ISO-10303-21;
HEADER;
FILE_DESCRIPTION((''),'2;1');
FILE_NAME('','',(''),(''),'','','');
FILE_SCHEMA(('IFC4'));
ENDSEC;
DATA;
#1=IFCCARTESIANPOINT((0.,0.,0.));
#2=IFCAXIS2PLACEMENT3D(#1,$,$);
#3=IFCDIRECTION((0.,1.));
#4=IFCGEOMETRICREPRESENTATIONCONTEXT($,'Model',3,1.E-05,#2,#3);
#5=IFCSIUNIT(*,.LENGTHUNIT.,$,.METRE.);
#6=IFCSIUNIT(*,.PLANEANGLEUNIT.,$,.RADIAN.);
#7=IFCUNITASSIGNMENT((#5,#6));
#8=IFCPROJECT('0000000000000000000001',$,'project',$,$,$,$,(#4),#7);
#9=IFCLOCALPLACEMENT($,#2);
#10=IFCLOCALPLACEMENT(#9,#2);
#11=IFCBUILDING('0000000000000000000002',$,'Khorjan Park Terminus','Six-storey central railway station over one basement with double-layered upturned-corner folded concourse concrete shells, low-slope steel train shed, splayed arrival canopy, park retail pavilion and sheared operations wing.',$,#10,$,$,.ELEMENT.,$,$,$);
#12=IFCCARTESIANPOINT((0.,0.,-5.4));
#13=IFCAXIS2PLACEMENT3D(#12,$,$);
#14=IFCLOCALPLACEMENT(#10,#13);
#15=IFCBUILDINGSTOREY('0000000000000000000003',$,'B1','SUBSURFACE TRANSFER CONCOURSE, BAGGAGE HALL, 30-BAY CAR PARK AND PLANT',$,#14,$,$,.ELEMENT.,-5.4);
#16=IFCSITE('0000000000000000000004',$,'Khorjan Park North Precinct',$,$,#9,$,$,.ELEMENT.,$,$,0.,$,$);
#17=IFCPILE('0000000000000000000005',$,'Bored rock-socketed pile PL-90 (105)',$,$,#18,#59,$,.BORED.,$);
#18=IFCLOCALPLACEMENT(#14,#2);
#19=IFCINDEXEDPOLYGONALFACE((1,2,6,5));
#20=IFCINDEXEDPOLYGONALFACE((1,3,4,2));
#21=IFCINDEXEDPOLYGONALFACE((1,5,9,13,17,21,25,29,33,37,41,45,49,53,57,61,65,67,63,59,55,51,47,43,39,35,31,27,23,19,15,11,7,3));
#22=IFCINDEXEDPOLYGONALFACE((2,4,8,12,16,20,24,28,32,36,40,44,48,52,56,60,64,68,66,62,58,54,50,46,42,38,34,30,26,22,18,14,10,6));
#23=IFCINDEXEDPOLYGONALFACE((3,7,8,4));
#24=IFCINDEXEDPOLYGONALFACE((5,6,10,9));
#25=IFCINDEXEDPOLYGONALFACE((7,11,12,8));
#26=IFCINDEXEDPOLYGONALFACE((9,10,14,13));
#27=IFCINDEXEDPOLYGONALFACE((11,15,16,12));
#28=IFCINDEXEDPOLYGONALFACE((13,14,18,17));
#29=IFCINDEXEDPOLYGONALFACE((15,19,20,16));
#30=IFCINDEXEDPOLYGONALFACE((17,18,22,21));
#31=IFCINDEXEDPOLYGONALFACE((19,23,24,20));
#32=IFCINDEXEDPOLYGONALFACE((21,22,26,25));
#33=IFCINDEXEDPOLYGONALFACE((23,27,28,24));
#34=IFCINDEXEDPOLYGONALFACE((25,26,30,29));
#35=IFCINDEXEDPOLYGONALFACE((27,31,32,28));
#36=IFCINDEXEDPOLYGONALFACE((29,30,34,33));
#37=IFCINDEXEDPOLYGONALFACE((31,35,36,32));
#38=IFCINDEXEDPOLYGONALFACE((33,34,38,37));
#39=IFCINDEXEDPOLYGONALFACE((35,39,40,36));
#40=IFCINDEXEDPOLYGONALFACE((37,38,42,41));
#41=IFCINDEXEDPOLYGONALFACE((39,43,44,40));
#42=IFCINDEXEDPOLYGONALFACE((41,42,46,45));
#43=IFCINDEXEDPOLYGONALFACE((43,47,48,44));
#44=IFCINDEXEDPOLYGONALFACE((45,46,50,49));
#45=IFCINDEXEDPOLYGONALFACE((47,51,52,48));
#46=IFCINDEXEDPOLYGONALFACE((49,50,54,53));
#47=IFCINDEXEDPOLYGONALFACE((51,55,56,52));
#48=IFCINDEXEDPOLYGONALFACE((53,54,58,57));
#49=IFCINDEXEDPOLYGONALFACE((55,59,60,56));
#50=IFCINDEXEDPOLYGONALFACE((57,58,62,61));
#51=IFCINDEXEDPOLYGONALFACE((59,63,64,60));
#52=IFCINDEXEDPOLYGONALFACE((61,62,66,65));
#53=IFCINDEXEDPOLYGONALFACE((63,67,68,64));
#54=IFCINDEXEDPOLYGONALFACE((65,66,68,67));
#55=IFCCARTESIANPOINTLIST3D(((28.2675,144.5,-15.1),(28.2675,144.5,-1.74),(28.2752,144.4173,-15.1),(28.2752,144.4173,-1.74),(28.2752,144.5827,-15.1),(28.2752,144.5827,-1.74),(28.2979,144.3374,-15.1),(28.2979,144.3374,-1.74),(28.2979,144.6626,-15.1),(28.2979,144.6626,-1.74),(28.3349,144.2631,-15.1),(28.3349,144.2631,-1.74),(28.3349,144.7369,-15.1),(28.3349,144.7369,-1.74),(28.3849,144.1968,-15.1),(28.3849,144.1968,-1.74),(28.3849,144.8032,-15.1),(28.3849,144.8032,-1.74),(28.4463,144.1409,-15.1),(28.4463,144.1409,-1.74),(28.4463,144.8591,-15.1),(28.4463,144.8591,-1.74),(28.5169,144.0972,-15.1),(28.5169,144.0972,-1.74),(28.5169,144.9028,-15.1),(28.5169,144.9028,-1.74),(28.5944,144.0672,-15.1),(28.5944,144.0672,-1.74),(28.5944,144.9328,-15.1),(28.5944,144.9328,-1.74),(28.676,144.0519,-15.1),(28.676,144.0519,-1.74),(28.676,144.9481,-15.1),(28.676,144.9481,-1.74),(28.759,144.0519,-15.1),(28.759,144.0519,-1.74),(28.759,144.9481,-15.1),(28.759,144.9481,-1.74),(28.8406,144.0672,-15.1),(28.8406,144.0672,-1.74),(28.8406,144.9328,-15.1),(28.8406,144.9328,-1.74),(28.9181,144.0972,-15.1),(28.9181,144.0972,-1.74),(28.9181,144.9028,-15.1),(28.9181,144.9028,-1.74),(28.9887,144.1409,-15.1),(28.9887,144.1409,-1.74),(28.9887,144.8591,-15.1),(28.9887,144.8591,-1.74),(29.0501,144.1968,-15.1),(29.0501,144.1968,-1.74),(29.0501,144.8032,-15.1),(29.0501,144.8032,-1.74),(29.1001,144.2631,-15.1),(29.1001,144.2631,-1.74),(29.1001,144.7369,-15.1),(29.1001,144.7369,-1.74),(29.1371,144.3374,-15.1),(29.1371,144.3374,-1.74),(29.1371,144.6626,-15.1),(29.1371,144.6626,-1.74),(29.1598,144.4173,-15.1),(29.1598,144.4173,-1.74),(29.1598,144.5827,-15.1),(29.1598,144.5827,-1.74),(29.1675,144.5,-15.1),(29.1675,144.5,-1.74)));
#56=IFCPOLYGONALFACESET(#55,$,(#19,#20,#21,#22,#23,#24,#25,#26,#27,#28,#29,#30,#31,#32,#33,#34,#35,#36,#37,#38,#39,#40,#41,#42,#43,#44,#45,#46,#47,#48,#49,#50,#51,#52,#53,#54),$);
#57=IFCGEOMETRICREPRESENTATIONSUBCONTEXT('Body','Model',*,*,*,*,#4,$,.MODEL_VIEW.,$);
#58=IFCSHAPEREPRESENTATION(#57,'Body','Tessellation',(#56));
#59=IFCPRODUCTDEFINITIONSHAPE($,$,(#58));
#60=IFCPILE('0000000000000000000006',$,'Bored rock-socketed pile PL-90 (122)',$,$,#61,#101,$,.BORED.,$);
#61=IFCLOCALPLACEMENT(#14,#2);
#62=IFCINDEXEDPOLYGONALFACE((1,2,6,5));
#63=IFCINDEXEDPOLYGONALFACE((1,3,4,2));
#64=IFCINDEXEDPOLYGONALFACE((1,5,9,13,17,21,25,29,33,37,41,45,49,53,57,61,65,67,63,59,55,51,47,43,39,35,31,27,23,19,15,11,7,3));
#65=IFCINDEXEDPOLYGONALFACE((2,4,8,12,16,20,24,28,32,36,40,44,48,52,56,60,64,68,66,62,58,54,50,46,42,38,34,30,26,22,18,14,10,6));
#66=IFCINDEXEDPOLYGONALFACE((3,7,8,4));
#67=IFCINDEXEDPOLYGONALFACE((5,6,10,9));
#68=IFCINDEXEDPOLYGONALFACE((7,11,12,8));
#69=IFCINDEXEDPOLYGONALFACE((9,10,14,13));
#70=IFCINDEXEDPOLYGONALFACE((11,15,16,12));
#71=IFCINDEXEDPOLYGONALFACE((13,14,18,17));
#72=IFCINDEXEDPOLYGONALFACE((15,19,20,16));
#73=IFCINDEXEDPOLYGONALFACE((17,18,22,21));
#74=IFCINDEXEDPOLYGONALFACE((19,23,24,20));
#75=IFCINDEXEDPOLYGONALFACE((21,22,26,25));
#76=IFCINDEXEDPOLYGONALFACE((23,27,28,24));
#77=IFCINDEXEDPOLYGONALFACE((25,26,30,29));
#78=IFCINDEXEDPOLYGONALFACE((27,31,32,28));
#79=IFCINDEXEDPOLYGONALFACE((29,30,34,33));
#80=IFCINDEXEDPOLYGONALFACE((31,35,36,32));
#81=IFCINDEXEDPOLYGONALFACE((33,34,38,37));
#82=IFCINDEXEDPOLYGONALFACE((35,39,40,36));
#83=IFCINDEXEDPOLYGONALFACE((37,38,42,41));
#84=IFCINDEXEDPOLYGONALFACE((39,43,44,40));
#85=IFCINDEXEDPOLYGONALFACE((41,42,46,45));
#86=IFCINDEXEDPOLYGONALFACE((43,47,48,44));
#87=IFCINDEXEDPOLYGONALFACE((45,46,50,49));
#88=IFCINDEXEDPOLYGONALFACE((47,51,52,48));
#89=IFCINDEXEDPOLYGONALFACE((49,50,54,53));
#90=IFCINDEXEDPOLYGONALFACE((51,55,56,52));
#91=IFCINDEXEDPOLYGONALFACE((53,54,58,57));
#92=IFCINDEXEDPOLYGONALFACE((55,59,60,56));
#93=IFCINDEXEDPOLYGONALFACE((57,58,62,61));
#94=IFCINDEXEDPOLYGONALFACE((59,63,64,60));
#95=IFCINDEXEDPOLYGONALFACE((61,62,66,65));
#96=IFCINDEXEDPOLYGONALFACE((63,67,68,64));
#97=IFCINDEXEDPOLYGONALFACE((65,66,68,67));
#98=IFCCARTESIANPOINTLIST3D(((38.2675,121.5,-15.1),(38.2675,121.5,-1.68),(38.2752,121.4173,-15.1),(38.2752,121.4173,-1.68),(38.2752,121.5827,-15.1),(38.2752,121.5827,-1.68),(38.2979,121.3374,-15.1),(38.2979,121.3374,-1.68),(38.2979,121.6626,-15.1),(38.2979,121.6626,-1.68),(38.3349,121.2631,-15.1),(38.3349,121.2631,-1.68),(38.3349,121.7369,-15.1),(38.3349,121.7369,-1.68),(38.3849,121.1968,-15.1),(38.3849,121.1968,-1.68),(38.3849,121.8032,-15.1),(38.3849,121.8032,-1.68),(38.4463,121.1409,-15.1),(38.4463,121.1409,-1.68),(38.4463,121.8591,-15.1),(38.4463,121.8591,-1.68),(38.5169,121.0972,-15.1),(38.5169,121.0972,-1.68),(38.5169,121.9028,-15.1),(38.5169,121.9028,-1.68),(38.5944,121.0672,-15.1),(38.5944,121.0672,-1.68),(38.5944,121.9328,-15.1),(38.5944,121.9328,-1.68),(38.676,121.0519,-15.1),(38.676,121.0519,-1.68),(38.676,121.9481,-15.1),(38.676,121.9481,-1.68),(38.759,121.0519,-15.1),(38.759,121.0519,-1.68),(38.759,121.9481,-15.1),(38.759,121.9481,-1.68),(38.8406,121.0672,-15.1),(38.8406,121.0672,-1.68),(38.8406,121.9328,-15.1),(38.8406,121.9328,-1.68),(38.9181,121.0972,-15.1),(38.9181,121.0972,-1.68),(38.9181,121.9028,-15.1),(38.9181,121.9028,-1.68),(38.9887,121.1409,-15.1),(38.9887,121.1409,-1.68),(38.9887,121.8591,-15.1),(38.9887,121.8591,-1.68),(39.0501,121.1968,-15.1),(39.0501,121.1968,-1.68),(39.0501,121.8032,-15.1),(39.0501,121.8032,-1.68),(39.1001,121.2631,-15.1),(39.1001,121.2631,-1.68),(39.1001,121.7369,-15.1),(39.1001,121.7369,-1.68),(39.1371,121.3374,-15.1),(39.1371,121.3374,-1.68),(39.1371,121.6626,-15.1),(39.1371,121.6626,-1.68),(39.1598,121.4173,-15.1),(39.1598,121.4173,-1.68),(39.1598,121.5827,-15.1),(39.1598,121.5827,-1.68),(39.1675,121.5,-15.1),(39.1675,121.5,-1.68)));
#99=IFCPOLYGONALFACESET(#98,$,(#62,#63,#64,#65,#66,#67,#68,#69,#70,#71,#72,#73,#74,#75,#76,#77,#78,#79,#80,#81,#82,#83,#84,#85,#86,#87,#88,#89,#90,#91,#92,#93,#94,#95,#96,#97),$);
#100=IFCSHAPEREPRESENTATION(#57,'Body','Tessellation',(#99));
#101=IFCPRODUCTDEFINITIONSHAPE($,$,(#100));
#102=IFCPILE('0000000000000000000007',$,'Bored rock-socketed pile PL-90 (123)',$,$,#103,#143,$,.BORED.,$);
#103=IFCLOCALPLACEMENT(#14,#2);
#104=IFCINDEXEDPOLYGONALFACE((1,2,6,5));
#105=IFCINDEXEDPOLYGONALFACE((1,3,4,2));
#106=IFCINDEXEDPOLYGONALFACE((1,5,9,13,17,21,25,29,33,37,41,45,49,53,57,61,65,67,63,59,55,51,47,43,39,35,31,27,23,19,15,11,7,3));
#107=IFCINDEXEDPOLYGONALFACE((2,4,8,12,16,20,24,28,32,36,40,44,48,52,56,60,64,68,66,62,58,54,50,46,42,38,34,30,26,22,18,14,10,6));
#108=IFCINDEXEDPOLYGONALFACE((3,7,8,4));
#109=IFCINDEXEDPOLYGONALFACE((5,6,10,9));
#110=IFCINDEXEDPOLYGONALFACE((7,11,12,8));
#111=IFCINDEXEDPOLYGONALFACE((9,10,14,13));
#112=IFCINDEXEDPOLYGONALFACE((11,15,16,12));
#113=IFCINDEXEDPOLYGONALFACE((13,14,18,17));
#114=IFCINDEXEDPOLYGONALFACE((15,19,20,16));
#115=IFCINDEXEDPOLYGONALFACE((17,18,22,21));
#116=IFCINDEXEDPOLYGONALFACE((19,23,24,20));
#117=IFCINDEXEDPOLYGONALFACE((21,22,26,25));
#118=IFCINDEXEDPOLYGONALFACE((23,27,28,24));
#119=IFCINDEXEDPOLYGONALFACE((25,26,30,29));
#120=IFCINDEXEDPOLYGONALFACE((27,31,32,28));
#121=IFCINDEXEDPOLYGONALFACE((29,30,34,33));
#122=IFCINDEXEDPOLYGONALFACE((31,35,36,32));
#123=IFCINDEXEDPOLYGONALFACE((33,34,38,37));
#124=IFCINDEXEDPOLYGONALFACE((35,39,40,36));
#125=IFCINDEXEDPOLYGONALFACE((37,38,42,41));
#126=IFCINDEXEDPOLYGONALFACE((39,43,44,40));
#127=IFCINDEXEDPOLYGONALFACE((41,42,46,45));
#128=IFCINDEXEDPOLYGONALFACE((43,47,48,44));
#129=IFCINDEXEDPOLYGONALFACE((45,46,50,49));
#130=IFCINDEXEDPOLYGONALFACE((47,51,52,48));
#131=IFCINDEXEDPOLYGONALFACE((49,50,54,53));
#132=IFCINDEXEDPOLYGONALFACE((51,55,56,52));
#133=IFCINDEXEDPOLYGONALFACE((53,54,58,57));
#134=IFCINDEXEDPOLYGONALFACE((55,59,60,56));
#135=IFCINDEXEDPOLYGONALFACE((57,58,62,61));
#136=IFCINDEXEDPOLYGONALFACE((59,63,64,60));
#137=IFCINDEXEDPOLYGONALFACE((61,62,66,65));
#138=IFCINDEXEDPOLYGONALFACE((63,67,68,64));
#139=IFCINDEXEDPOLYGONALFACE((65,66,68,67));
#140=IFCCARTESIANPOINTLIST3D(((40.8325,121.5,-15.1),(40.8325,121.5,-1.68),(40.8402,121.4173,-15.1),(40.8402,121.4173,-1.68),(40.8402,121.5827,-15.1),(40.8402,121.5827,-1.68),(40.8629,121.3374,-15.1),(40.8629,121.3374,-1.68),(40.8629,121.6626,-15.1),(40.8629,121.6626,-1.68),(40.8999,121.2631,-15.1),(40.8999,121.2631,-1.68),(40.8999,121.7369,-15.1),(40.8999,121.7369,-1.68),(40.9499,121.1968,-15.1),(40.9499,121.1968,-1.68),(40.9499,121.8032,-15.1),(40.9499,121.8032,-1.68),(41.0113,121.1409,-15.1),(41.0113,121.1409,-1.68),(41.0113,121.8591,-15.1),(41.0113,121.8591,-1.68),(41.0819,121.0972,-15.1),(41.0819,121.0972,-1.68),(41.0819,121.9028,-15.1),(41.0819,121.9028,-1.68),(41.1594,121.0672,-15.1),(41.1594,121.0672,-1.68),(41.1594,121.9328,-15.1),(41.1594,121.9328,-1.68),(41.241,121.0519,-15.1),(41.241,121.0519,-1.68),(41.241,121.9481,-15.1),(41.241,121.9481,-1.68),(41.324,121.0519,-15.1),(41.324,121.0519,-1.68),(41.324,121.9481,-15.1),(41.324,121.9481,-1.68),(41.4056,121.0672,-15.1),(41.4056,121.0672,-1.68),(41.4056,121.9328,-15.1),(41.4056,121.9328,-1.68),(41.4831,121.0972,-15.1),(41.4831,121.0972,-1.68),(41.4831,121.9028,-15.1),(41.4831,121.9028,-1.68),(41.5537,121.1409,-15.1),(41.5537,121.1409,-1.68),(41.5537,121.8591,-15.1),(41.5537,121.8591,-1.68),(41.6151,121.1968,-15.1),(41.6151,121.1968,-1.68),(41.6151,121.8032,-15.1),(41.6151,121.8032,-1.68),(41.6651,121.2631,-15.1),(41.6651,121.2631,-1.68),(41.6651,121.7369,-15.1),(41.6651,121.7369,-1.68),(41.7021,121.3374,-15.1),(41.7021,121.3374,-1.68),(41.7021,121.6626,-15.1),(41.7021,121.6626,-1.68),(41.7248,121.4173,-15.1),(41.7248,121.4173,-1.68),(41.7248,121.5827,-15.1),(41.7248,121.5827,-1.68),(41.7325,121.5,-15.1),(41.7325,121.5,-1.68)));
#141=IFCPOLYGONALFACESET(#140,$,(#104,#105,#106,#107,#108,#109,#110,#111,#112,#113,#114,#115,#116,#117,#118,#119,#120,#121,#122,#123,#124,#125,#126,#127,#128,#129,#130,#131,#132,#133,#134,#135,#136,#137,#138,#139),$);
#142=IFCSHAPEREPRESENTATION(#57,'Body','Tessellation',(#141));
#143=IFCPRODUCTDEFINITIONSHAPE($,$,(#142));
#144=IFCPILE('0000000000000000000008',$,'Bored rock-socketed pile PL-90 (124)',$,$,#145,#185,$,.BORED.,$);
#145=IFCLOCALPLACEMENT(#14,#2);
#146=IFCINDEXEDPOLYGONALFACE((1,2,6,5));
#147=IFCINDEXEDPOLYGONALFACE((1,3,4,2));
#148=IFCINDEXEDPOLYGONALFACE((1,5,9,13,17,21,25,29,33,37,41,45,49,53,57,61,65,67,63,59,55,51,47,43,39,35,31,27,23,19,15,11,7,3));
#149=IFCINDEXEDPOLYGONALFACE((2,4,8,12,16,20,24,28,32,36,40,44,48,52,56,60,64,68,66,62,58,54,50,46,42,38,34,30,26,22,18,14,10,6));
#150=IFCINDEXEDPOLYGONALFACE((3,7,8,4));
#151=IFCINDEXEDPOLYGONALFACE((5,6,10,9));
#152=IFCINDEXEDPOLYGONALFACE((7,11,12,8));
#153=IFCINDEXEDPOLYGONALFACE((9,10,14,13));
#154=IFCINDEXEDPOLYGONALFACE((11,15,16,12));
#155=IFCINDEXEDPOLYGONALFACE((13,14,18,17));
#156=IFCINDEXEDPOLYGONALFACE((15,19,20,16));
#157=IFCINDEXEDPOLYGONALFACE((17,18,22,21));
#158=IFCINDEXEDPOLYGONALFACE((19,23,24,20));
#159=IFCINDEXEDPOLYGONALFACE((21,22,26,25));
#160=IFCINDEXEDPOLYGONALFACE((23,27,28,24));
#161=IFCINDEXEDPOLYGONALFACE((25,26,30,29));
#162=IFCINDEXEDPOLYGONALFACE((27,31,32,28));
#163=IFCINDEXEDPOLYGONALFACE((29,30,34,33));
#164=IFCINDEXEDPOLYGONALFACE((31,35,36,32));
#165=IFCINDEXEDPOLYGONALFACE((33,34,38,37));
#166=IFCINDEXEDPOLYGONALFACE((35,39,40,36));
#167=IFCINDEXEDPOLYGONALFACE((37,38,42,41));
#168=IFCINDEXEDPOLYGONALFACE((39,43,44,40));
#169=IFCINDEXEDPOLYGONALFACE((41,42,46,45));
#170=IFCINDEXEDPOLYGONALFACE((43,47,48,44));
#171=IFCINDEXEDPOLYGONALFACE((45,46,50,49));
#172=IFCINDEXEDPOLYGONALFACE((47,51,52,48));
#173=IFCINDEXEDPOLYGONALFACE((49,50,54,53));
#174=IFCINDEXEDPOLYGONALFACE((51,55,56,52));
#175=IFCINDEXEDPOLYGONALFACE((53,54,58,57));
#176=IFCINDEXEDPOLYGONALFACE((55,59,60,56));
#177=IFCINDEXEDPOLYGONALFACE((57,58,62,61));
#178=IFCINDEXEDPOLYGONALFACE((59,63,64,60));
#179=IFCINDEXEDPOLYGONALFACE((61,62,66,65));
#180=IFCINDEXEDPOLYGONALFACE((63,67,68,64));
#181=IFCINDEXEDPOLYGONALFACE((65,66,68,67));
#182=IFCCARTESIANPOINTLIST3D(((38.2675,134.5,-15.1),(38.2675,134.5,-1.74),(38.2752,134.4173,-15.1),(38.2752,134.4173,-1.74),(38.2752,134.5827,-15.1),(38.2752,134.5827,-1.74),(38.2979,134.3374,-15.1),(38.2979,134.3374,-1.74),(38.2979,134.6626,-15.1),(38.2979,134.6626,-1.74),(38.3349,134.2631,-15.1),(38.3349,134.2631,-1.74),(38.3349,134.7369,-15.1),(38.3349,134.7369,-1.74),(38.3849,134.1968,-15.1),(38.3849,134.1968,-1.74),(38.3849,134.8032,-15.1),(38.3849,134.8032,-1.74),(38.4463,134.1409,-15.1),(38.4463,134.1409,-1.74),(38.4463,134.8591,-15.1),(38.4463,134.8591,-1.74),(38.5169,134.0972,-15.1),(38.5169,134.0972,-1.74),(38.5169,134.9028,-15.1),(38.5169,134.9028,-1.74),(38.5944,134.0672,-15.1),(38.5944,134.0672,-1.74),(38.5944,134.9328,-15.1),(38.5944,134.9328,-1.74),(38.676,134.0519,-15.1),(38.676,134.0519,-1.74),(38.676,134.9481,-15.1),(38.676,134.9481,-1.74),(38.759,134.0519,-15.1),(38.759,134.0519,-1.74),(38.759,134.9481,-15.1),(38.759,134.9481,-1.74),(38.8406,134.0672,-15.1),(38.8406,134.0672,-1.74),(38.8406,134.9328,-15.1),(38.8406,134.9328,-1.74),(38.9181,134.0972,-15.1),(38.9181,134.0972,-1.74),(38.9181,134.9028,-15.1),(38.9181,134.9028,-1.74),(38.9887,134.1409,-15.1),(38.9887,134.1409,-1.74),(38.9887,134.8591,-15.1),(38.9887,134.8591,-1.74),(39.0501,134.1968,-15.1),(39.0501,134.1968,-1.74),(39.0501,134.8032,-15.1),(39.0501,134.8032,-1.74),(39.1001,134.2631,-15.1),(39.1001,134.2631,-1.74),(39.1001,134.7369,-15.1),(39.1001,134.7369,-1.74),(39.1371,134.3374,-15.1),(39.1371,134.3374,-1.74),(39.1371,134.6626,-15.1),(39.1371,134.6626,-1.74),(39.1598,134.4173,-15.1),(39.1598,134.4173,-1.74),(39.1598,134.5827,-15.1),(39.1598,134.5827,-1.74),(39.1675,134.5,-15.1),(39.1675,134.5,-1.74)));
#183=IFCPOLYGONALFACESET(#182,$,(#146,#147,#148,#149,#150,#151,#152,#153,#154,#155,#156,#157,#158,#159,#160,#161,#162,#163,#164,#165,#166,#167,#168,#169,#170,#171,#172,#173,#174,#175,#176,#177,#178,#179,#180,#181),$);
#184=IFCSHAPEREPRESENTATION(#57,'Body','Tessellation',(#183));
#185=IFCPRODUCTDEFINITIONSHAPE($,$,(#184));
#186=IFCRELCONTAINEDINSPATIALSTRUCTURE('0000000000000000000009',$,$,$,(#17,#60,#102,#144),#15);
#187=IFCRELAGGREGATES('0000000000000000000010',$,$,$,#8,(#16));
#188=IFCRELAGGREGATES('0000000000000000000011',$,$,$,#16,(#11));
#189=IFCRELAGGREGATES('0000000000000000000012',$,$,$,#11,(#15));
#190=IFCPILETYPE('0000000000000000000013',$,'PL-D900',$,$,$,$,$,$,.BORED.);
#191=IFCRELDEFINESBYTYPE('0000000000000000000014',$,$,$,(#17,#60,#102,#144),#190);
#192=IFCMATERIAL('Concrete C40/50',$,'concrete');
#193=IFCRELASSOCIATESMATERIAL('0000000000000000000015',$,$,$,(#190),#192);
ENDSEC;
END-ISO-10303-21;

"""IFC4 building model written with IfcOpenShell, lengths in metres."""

from ifc_helpers import new_model, si_unit, direction, frame, origin, origin_2d, place, context, subcontext, project, spatial, circle, extrude, material, material_profile, profile_set, type_object, element, save


model = new_model("IFC4")

# Units and contexts
model_context = context("Model", 3, precision=1e-05, world=origin(), true_north=direction((0.0, 1.0)))
body_context = subcontext(model_context, "Body", "Model", "MODEL_VIEW")
ifc_project = project(units=[si_unit("LENGTHUNIT", "METRE"), si_unit("PLANEANGLEUNIT", "RADIAN")], contexts=[model_context])

# Site, building, storey
site_placement = place(None, origin())
site = spatial("IfcSite", under=ifc_project, at=site_placement, Name="Khorjan Park North Precinct", CompositionType="ELEMENT", RefElevation=0.0)
building_placement = place(site_placement, origin())
building = spatial("IfcBuilding", under=site, at=building_placement, Name="Khorjan Park Terminus", Description="Six-storey central railway station over one basement with double-layered upturned-corner folded concourse concrete shells, low-slope steel train shed, splayed arrival canopy, park retail pavilion and sheared operations wing.", CompositionType="ELEMENT")
storey_placement = place(building_placement, frame((0.0, 0.0, -5.4)))
storey = spatial("IfcBuildingStorey", under=building, at=storey_placement, Name="B1", Description="SUBSURFACE TRANSFER CONCOURSE, BAGGAGE HALL, 30-BAY CAR PARK AND PLANT", CompositionType="ELEMENT", Elevation=-5.4)

# Shared definitions
ifc_material = material(Name="Concrete C40/50", Category="concrete")

# Piles
ifc_material_profile_1 = material_profile(ifc_material, circle(Radius=0.45, at=origin_2d()), Name="BORED D900")
ifc_profile_set_1 = profile_set([ifc_material_profile_1], Name="Concrete C40/50")
pile_type = type_object("IfcPileType", Name="PL-D900", PredefinedType="BORED", material=ifc_profile_set_1)
pile_1_placement = place(storey_placement, frame((28.7175, 144.5, -1.74), z_axis=(0.0, 0.0, -1.0), x_axis=(1.0, 0.0, 0.0)))
element("IfcPile", 1, at=pile_1_placement, inside=storey, type_object=pile_type, Name="Bored rock-socketed pile PL-90 (105)", PredefinedType="BORED", context=body_context, shape_type="SweptSolid", body=[
    extrude(circle(Radius=0.45, at=origin_2d()), origin(), (0.0, 0.0, 1.0), 13.36),
])
for number, where, z_axis, x_axis, name in (
    (2, (38.7175, 121.5, -1.68), (0.0, 0.0, -1.0), (1.0, 0.0, 0.0), "Bored rock-socketed pile PL-90 (122)"),
    (3, (41.2825, 121.5, -1.68), (0.0, 0.0, -1.0), (1.0, 0.0, 0.0), "Bored rock-socketed pile PL-90 (123)"),
):
    element("IfcPile", number, at=place(storey_placement, frame(where, z_axis=z_axis, x_axis=x_axis)), inside=storey, type_object=pile_type, Name=name, PredefinedType="BORED", context=body_context, shape_type="SweptSolid", body=[
        extrude(circle(Radius=0.45, at=origin_2d()), origin(), (0.0, 0.0, 1.0), 13.42),
    ])
for number, where, z_axis, x_axis, name in (
    (4, (38.7175, 134.5, -1.74), (0.0, 0.0, -1.0), (1.0, 0.0, 0.0), "Bored rock-socketed pile PL-90 (124)"),
):
    element("IfcPile", number, at=place(storey_placement, frame(where, z_axis=z_axis, x_axis=x_axis)), inside=storey, type_object=pile_type, Name=name, PredefinedType="BORED", context=body_context, shape_type="SweptSolid", body=[
        extrude(circle(Radius=0.45, at=origin_2d()), origin(), (0.0, 0.0, 1.0), 13.36),
    ])

save(model, "model.ifc")
